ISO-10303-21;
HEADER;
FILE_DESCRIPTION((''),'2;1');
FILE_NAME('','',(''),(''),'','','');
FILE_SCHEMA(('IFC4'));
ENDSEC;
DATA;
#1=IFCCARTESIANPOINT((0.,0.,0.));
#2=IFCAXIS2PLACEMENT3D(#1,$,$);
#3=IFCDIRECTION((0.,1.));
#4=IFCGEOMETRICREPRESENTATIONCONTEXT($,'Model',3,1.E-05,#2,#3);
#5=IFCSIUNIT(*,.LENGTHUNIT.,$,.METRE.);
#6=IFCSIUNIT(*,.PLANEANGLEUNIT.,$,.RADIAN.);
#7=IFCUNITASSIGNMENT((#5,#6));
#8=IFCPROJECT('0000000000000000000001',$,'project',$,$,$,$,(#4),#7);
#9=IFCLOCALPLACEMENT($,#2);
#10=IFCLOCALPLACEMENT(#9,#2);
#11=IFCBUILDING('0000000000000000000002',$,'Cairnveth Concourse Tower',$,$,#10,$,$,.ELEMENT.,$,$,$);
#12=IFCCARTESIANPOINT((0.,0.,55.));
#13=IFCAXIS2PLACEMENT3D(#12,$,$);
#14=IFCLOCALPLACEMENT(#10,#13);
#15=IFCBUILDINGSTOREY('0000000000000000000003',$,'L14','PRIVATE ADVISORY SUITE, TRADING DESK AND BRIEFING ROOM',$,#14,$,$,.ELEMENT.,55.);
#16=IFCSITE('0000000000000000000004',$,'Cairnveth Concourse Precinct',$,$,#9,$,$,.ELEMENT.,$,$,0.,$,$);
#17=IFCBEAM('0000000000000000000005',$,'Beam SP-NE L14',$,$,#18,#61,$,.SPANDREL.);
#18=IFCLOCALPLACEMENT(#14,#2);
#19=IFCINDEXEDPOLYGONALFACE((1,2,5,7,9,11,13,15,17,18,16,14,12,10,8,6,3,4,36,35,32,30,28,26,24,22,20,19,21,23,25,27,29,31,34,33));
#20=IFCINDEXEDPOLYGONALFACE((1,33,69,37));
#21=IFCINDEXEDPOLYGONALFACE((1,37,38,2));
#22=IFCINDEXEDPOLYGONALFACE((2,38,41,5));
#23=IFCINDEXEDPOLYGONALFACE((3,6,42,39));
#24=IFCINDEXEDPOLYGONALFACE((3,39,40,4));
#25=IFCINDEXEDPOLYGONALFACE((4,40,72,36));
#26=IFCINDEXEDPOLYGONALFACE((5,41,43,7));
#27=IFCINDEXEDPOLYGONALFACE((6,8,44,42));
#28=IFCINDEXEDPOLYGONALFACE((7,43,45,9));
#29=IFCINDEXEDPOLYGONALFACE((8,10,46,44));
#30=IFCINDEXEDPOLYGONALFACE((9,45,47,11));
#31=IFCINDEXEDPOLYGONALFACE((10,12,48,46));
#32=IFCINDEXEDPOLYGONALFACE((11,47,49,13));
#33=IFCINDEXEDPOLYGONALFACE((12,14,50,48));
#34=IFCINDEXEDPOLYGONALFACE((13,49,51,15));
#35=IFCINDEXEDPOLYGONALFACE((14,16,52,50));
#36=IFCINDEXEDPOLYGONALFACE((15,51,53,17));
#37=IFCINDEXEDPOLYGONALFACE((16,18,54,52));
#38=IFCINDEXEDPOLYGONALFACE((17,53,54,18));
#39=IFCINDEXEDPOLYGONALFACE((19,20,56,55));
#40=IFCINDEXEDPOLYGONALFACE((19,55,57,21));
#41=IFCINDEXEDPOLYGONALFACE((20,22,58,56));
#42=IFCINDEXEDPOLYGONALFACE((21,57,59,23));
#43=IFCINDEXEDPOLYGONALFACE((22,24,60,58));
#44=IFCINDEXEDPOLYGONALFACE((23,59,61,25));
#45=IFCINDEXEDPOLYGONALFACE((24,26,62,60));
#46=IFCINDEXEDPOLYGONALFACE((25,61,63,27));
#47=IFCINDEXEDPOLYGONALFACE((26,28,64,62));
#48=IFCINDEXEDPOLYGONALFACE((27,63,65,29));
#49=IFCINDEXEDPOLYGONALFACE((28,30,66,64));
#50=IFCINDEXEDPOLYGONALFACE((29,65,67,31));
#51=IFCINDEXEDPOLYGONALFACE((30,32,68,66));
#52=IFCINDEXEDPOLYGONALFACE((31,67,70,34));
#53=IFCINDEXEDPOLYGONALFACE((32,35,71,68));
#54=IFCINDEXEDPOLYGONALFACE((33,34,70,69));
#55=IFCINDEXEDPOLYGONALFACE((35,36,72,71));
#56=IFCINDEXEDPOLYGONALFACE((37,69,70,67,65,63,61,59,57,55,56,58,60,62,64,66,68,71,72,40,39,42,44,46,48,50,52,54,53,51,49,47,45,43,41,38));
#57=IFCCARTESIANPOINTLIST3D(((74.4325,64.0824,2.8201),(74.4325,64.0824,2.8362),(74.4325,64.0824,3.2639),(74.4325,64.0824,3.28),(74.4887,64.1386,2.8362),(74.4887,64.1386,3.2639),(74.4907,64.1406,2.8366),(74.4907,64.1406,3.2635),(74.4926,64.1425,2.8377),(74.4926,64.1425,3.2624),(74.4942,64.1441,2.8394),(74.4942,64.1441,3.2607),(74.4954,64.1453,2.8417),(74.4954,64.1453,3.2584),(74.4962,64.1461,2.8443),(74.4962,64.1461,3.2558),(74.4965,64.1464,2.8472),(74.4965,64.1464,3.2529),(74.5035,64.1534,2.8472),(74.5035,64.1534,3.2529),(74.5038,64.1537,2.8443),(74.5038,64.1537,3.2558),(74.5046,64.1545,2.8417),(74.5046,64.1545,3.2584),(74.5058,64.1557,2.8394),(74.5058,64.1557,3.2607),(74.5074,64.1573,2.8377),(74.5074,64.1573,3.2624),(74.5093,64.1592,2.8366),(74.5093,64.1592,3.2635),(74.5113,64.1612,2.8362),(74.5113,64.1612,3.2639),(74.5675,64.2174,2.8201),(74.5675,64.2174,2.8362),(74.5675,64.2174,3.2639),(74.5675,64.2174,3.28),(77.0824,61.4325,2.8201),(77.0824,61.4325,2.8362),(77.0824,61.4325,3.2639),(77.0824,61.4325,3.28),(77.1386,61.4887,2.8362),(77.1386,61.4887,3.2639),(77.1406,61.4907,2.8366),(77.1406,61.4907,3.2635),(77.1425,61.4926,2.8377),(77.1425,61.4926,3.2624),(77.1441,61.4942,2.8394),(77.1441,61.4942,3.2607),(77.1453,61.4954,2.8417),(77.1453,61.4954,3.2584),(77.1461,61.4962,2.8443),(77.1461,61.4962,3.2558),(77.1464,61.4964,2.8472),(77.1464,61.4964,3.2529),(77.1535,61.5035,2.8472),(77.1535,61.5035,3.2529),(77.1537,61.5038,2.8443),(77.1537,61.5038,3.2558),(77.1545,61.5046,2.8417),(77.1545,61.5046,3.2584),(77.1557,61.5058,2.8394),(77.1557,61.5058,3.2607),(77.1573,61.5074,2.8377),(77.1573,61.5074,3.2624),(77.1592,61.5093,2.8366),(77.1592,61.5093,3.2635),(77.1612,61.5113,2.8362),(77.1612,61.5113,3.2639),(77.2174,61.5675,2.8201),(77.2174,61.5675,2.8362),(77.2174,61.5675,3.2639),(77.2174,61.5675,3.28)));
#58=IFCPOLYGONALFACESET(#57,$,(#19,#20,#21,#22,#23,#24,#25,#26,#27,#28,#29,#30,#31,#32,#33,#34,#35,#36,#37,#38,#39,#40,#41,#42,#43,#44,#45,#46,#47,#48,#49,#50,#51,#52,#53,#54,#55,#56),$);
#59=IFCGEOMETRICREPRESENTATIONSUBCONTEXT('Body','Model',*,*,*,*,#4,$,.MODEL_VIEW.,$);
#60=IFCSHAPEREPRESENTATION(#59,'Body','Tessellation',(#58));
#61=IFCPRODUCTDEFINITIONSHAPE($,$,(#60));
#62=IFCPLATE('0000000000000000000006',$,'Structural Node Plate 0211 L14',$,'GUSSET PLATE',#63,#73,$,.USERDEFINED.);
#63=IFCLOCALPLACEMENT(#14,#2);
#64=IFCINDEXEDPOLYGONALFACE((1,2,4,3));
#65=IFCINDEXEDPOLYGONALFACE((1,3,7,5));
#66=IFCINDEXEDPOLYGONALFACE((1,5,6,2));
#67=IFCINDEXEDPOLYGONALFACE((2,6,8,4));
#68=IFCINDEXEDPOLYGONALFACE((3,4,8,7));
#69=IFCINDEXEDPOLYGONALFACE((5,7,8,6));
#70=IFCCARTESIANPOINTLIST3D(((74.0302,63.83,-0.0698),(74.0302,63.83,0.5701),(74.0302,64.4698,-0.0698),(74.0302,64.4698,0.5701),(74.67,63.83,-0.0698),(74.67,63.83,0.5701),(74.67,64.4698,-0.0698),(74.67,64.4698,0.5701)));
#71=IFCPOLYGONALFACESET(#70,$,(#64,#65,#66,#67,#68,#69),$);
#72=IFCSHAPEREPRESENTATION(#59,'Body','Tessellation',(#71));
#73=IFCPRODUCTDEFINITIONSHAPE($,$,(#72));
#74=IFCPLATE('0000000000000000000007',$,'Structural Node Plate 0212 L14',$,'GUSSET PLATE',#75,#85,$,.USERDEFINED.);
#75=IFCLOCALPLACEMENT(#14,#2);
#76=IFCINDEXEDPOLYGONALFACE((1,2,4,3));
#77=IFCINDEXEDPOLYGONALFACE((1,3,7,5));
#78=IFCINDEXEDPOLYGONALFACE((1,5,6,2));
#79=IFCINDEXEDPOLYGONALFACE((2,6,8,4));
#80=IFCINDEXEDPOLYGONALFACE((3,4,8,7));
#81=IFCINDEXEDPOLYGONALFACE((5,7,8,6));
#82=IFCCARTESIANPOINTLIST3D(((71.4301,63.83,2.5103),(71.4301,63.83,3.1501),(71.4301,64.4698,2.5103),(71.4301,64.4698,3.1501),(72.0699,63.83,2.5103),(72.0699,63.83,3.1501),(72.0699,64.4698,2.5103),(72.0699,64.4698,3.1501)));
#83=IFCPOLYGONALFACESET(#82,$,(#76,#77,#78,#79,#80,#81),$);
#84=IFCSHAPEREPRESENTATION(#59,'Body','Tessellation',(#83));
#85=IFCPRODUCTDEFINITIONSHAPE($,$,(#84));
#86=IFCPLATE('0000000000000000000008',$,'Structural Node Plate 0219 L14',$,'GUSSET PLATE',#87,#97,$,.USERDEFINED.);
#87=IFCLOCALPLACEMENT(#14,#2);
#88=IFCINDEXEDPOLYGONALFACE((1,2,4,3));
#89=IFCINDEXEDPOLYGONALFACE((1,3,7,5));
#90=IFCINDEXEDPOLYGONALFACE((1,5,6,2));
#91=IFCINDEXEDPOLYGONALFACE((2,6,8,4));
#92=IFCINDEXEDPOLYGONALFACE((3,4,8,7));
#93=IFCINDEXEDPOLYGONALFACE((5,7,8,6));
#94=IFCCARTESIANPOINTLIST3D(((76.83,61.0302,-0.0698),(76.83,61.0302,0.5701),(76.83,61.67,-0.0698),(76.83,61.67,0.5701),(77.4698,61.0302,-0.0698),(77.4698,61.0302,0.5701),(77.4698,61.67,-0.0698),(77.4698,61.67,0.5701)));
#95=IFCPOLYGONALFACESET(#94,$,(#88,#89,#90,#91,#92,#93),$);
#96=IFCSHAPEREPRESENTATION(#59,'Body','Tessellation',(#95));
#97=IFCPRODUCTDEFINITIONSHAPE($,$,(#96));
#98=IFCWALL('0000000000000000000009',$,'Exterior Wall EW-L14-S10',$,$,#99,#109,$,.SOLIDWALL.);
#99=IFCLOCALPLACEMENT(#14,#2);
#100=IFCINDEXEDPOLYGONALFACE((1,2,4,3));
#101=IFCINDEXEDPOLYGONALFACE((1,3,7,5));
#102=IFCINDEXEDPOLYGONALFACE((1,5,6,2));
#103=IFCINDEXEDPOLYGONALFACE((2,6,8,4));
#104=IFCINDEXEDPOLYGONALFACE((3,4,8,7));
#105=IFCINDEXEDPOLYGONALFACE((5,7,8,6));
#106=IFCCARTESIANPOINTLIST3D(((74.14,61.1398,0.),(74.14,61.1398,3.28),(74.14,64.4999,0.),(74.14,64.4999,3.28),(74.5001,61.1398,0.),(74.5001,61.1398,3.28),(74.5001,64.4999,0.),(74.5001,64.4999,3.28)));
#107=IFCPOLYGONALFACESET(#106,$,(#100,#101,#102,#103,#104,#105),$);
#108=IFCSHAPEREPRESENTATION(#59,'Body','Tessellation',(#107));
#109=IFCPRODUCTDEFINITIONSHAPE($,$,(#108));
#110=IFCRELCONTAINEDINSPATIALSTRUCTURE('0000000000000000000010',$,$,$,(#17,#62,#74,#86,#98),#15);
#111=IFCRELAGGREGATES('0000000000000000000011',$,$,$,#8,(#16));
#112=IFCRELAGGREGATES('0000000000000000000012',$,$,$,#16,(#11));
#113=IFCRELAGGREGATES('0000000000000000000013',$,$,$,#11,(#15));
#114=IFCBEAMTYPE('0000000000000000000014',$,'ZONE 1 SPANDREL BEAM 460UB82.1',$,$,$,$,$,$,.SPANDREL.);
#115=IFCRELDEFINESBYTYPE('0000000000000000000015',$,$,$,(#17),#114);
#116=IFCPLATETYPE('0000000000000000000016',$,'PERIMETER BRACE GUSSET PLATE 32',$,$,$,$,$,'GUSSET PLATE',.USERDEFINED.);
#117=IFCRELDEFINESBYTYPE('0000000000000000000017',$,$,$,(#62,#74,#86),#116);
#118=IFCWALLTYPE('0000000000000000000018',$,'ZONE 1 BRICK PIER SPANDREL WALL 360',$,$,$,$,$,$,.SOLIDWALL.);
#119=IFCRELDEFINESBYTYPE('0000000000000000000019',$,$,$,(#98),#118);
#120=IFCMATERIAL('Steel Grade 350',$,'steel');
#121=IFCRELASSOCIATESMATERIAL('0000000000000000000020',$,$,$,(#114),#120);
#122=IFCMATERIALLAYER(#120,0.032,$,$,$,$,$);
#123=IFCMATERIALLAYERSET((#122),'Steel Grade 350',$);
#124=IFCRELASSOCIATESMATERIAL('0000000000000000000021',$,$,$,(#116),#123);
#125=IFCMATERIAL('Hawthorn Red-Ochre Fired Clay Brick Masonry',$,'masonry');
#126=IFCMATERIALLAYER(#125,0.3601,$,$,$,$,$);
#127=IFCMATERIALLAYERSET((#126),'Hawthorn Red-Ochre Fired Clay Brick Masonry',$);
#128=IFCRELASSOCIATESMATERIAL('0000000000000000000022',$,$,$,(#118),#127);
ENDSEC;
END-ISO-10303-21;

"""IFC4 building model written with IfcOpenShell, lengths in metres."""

from ifc_helpers import new_model, si_unit, direction, frame, frame_2d, origin, origin_2d, place, context, subcontext, project, spatial, rectangle, i_section, extrude, material, layer, layer_set, material_profile, profile_set, type_object, element, save


model = new_model("IFC4")

# Units and contexts
model_context = context("Model", 3, precision=1e-05, world=origin(), true_north=direction((0.0, 1.0)))
body_context = subcontext(model_context, "Body", "Model", "MODEL_VIEW")
ifc_project = project(units=[si_unit("LENGTHUNIT", "METRE"), si_unit("PLANEANGLEUNIT", "RADIAN")], contexts=[model_context])

# Site, building, storey
site_placement = place(None, origin())
site = spatial("IfcSite", under=ifc_project, at=site_placement, Name="Cairnveth Concourse Precinct", CompositionType="ELEMENT", RefElevation=0.0)
building_placement = place(site_placement, origin())
building = spatial("IfcBuilding", under=site, at=building_placement, Name="Cairnveth Concourse Tower", CompositionType="ELEMENT")
storey_placement = place(building_placement, frame((0.0, 0.0, 55.0)))
storey = spatial("IfcBuildingStorey", under=building, at=storey_placement, Name="L14", Description="PRIVATE ADVISORY SUITE, TRADING DESK AND BRIEFING ROOM", CompositionType="ELEMENT", Elevation=55.0)

# Shared definitions
ifc_material_1 = material(Name="Steel Grade 350", Category="steel")

# Beam
ifc_material_profile_1 = material_profile(ifc_material_1, i_section(OverallWidth=0.1909, OverallDepth=0.46, WebThickness=0.01, FlangeThickness=0.0161, FilletRadius=0.011, at=origin_2d()), Name="460UB82.1")
ifc_profile_set_1 = profile_set([ifc_material_profile_1], Name="Steel Grade 350")
beam_type_1 = type_object("IfcBeamType", Name="ZONE 1 SPANDREL BEAM 460UB82.1", PredefinedType="SPANDREL", material=ifc_profile_set_1)
beam_1_placement = place(storey_placement, frame((74.5, 64.1499, 3.05), z_axis=(0.707107, -0.707107, 0.0), x_axis=(0.707107, 0.707107, 0.0)))
element("IfcBeam", 1, at=beam_1_placement, inside=storey, type_object=beam_type_1, Name="Beam SP-NE L14", PredefinedType="SPANDREL", context=body_context, shape_type="SweptSolid", body=[
    extrude(i_section(OverallWidth=0.1909, OverallDepth=0.46, WebThickness=0.01, FlangeThickness=0.0161, FilletRadius=0.011, at=origin_2d()), origin(), (0.0, 0.0, 1.0), 3.7476),
])

# Plates
ifc_layer_1 = layer(ifc_material_1, 0.032)
ifc_layer_set_1 = layer_set([ifc_layer_1], Name="Steel Grade 350")
plate_type = type_object("IfcPlateType", Name="PERIMETER BRACE GUSSET PLATE 32", ElementType="GUSSET PLATE", PredefinedType="USERDEFINED", material=ifc_layer_set_1)
for number, where, z_axis, x_axis, name in (
    (2, (74.3501, 64.1499, -0.0698), (0.0, 0.0, 1.0), (1.0, 0.0, 0.0), "Structural Node Plate 0211 L14"),
    (3, (71.75, 64.1499, 2.5103), (0.0, 0.0, 1.0), (1.0, 0.0, 0.0), "Structural Node Plate 0212 L14"),
    (4, (77.1499, 61.3501, -0.0698), (0.0, 0.0, 1.0), (1.0, 0.0, 0.0), "Structural Node Plate 0219 L14"),
):
    element("IfcPlate", number, at=place(storey_placement, frame(where, z_axis=z_axis, x_axis=x_axis)), inside=storey, type_object=plate_type, Name=name, ObjectType="GUSSET PLATE", PredefinedType="USERDEFINED", context=body_context, shape_type="SweptSolid", body=[
        extrude(rectangle(XDim=0.6399, YDim=0.6399, at=origin_2d()), origin(), (0.0, 0.0, 1.0), 0.6399),
    ])

# Wall
ifc_material_2 = material(Name="Hawthorn Red-Ochre Fired Clay Brick Masonry", Category="masonry")
ifc_layer_2 = layer(ifc_material_2, 0.3601)
ifc_layer_set_2 = layer_set([ifc_layer_2], Name="Hawthorn Red-Ochre Fired Clay Brick Masonry")
wall_type = type_object("IfcWallType", Name="ZONE 1 BRICK PIER SPANDREL WALL 360", PredefinedType="SOLIDWALL", material=ifc_layer_set_2)
wall_1_placement = place(storey_placement, frame((74.3201, 64.5, 0.0), z_axis=(0.0, 0.0, 1.0), x_axis=(0.0, -1.0, 0.0)))
element("IfcWall", 5, at=wall_1_placement, inside=storey, type_object=wall_type, Name="Exterior Wall EW-L14-S10", PredefinedType="SOLIDWALL", context=body_context, shape_type="SweptSolid", body=[
    extrude(rectangle(XDim=3.3601, YDim=0.3601, at=frame_2d((1.6802, 0.0))), origin(), (0.0, 0.0, 1.0), 3.28),
])

save(model, "model.ifc")
